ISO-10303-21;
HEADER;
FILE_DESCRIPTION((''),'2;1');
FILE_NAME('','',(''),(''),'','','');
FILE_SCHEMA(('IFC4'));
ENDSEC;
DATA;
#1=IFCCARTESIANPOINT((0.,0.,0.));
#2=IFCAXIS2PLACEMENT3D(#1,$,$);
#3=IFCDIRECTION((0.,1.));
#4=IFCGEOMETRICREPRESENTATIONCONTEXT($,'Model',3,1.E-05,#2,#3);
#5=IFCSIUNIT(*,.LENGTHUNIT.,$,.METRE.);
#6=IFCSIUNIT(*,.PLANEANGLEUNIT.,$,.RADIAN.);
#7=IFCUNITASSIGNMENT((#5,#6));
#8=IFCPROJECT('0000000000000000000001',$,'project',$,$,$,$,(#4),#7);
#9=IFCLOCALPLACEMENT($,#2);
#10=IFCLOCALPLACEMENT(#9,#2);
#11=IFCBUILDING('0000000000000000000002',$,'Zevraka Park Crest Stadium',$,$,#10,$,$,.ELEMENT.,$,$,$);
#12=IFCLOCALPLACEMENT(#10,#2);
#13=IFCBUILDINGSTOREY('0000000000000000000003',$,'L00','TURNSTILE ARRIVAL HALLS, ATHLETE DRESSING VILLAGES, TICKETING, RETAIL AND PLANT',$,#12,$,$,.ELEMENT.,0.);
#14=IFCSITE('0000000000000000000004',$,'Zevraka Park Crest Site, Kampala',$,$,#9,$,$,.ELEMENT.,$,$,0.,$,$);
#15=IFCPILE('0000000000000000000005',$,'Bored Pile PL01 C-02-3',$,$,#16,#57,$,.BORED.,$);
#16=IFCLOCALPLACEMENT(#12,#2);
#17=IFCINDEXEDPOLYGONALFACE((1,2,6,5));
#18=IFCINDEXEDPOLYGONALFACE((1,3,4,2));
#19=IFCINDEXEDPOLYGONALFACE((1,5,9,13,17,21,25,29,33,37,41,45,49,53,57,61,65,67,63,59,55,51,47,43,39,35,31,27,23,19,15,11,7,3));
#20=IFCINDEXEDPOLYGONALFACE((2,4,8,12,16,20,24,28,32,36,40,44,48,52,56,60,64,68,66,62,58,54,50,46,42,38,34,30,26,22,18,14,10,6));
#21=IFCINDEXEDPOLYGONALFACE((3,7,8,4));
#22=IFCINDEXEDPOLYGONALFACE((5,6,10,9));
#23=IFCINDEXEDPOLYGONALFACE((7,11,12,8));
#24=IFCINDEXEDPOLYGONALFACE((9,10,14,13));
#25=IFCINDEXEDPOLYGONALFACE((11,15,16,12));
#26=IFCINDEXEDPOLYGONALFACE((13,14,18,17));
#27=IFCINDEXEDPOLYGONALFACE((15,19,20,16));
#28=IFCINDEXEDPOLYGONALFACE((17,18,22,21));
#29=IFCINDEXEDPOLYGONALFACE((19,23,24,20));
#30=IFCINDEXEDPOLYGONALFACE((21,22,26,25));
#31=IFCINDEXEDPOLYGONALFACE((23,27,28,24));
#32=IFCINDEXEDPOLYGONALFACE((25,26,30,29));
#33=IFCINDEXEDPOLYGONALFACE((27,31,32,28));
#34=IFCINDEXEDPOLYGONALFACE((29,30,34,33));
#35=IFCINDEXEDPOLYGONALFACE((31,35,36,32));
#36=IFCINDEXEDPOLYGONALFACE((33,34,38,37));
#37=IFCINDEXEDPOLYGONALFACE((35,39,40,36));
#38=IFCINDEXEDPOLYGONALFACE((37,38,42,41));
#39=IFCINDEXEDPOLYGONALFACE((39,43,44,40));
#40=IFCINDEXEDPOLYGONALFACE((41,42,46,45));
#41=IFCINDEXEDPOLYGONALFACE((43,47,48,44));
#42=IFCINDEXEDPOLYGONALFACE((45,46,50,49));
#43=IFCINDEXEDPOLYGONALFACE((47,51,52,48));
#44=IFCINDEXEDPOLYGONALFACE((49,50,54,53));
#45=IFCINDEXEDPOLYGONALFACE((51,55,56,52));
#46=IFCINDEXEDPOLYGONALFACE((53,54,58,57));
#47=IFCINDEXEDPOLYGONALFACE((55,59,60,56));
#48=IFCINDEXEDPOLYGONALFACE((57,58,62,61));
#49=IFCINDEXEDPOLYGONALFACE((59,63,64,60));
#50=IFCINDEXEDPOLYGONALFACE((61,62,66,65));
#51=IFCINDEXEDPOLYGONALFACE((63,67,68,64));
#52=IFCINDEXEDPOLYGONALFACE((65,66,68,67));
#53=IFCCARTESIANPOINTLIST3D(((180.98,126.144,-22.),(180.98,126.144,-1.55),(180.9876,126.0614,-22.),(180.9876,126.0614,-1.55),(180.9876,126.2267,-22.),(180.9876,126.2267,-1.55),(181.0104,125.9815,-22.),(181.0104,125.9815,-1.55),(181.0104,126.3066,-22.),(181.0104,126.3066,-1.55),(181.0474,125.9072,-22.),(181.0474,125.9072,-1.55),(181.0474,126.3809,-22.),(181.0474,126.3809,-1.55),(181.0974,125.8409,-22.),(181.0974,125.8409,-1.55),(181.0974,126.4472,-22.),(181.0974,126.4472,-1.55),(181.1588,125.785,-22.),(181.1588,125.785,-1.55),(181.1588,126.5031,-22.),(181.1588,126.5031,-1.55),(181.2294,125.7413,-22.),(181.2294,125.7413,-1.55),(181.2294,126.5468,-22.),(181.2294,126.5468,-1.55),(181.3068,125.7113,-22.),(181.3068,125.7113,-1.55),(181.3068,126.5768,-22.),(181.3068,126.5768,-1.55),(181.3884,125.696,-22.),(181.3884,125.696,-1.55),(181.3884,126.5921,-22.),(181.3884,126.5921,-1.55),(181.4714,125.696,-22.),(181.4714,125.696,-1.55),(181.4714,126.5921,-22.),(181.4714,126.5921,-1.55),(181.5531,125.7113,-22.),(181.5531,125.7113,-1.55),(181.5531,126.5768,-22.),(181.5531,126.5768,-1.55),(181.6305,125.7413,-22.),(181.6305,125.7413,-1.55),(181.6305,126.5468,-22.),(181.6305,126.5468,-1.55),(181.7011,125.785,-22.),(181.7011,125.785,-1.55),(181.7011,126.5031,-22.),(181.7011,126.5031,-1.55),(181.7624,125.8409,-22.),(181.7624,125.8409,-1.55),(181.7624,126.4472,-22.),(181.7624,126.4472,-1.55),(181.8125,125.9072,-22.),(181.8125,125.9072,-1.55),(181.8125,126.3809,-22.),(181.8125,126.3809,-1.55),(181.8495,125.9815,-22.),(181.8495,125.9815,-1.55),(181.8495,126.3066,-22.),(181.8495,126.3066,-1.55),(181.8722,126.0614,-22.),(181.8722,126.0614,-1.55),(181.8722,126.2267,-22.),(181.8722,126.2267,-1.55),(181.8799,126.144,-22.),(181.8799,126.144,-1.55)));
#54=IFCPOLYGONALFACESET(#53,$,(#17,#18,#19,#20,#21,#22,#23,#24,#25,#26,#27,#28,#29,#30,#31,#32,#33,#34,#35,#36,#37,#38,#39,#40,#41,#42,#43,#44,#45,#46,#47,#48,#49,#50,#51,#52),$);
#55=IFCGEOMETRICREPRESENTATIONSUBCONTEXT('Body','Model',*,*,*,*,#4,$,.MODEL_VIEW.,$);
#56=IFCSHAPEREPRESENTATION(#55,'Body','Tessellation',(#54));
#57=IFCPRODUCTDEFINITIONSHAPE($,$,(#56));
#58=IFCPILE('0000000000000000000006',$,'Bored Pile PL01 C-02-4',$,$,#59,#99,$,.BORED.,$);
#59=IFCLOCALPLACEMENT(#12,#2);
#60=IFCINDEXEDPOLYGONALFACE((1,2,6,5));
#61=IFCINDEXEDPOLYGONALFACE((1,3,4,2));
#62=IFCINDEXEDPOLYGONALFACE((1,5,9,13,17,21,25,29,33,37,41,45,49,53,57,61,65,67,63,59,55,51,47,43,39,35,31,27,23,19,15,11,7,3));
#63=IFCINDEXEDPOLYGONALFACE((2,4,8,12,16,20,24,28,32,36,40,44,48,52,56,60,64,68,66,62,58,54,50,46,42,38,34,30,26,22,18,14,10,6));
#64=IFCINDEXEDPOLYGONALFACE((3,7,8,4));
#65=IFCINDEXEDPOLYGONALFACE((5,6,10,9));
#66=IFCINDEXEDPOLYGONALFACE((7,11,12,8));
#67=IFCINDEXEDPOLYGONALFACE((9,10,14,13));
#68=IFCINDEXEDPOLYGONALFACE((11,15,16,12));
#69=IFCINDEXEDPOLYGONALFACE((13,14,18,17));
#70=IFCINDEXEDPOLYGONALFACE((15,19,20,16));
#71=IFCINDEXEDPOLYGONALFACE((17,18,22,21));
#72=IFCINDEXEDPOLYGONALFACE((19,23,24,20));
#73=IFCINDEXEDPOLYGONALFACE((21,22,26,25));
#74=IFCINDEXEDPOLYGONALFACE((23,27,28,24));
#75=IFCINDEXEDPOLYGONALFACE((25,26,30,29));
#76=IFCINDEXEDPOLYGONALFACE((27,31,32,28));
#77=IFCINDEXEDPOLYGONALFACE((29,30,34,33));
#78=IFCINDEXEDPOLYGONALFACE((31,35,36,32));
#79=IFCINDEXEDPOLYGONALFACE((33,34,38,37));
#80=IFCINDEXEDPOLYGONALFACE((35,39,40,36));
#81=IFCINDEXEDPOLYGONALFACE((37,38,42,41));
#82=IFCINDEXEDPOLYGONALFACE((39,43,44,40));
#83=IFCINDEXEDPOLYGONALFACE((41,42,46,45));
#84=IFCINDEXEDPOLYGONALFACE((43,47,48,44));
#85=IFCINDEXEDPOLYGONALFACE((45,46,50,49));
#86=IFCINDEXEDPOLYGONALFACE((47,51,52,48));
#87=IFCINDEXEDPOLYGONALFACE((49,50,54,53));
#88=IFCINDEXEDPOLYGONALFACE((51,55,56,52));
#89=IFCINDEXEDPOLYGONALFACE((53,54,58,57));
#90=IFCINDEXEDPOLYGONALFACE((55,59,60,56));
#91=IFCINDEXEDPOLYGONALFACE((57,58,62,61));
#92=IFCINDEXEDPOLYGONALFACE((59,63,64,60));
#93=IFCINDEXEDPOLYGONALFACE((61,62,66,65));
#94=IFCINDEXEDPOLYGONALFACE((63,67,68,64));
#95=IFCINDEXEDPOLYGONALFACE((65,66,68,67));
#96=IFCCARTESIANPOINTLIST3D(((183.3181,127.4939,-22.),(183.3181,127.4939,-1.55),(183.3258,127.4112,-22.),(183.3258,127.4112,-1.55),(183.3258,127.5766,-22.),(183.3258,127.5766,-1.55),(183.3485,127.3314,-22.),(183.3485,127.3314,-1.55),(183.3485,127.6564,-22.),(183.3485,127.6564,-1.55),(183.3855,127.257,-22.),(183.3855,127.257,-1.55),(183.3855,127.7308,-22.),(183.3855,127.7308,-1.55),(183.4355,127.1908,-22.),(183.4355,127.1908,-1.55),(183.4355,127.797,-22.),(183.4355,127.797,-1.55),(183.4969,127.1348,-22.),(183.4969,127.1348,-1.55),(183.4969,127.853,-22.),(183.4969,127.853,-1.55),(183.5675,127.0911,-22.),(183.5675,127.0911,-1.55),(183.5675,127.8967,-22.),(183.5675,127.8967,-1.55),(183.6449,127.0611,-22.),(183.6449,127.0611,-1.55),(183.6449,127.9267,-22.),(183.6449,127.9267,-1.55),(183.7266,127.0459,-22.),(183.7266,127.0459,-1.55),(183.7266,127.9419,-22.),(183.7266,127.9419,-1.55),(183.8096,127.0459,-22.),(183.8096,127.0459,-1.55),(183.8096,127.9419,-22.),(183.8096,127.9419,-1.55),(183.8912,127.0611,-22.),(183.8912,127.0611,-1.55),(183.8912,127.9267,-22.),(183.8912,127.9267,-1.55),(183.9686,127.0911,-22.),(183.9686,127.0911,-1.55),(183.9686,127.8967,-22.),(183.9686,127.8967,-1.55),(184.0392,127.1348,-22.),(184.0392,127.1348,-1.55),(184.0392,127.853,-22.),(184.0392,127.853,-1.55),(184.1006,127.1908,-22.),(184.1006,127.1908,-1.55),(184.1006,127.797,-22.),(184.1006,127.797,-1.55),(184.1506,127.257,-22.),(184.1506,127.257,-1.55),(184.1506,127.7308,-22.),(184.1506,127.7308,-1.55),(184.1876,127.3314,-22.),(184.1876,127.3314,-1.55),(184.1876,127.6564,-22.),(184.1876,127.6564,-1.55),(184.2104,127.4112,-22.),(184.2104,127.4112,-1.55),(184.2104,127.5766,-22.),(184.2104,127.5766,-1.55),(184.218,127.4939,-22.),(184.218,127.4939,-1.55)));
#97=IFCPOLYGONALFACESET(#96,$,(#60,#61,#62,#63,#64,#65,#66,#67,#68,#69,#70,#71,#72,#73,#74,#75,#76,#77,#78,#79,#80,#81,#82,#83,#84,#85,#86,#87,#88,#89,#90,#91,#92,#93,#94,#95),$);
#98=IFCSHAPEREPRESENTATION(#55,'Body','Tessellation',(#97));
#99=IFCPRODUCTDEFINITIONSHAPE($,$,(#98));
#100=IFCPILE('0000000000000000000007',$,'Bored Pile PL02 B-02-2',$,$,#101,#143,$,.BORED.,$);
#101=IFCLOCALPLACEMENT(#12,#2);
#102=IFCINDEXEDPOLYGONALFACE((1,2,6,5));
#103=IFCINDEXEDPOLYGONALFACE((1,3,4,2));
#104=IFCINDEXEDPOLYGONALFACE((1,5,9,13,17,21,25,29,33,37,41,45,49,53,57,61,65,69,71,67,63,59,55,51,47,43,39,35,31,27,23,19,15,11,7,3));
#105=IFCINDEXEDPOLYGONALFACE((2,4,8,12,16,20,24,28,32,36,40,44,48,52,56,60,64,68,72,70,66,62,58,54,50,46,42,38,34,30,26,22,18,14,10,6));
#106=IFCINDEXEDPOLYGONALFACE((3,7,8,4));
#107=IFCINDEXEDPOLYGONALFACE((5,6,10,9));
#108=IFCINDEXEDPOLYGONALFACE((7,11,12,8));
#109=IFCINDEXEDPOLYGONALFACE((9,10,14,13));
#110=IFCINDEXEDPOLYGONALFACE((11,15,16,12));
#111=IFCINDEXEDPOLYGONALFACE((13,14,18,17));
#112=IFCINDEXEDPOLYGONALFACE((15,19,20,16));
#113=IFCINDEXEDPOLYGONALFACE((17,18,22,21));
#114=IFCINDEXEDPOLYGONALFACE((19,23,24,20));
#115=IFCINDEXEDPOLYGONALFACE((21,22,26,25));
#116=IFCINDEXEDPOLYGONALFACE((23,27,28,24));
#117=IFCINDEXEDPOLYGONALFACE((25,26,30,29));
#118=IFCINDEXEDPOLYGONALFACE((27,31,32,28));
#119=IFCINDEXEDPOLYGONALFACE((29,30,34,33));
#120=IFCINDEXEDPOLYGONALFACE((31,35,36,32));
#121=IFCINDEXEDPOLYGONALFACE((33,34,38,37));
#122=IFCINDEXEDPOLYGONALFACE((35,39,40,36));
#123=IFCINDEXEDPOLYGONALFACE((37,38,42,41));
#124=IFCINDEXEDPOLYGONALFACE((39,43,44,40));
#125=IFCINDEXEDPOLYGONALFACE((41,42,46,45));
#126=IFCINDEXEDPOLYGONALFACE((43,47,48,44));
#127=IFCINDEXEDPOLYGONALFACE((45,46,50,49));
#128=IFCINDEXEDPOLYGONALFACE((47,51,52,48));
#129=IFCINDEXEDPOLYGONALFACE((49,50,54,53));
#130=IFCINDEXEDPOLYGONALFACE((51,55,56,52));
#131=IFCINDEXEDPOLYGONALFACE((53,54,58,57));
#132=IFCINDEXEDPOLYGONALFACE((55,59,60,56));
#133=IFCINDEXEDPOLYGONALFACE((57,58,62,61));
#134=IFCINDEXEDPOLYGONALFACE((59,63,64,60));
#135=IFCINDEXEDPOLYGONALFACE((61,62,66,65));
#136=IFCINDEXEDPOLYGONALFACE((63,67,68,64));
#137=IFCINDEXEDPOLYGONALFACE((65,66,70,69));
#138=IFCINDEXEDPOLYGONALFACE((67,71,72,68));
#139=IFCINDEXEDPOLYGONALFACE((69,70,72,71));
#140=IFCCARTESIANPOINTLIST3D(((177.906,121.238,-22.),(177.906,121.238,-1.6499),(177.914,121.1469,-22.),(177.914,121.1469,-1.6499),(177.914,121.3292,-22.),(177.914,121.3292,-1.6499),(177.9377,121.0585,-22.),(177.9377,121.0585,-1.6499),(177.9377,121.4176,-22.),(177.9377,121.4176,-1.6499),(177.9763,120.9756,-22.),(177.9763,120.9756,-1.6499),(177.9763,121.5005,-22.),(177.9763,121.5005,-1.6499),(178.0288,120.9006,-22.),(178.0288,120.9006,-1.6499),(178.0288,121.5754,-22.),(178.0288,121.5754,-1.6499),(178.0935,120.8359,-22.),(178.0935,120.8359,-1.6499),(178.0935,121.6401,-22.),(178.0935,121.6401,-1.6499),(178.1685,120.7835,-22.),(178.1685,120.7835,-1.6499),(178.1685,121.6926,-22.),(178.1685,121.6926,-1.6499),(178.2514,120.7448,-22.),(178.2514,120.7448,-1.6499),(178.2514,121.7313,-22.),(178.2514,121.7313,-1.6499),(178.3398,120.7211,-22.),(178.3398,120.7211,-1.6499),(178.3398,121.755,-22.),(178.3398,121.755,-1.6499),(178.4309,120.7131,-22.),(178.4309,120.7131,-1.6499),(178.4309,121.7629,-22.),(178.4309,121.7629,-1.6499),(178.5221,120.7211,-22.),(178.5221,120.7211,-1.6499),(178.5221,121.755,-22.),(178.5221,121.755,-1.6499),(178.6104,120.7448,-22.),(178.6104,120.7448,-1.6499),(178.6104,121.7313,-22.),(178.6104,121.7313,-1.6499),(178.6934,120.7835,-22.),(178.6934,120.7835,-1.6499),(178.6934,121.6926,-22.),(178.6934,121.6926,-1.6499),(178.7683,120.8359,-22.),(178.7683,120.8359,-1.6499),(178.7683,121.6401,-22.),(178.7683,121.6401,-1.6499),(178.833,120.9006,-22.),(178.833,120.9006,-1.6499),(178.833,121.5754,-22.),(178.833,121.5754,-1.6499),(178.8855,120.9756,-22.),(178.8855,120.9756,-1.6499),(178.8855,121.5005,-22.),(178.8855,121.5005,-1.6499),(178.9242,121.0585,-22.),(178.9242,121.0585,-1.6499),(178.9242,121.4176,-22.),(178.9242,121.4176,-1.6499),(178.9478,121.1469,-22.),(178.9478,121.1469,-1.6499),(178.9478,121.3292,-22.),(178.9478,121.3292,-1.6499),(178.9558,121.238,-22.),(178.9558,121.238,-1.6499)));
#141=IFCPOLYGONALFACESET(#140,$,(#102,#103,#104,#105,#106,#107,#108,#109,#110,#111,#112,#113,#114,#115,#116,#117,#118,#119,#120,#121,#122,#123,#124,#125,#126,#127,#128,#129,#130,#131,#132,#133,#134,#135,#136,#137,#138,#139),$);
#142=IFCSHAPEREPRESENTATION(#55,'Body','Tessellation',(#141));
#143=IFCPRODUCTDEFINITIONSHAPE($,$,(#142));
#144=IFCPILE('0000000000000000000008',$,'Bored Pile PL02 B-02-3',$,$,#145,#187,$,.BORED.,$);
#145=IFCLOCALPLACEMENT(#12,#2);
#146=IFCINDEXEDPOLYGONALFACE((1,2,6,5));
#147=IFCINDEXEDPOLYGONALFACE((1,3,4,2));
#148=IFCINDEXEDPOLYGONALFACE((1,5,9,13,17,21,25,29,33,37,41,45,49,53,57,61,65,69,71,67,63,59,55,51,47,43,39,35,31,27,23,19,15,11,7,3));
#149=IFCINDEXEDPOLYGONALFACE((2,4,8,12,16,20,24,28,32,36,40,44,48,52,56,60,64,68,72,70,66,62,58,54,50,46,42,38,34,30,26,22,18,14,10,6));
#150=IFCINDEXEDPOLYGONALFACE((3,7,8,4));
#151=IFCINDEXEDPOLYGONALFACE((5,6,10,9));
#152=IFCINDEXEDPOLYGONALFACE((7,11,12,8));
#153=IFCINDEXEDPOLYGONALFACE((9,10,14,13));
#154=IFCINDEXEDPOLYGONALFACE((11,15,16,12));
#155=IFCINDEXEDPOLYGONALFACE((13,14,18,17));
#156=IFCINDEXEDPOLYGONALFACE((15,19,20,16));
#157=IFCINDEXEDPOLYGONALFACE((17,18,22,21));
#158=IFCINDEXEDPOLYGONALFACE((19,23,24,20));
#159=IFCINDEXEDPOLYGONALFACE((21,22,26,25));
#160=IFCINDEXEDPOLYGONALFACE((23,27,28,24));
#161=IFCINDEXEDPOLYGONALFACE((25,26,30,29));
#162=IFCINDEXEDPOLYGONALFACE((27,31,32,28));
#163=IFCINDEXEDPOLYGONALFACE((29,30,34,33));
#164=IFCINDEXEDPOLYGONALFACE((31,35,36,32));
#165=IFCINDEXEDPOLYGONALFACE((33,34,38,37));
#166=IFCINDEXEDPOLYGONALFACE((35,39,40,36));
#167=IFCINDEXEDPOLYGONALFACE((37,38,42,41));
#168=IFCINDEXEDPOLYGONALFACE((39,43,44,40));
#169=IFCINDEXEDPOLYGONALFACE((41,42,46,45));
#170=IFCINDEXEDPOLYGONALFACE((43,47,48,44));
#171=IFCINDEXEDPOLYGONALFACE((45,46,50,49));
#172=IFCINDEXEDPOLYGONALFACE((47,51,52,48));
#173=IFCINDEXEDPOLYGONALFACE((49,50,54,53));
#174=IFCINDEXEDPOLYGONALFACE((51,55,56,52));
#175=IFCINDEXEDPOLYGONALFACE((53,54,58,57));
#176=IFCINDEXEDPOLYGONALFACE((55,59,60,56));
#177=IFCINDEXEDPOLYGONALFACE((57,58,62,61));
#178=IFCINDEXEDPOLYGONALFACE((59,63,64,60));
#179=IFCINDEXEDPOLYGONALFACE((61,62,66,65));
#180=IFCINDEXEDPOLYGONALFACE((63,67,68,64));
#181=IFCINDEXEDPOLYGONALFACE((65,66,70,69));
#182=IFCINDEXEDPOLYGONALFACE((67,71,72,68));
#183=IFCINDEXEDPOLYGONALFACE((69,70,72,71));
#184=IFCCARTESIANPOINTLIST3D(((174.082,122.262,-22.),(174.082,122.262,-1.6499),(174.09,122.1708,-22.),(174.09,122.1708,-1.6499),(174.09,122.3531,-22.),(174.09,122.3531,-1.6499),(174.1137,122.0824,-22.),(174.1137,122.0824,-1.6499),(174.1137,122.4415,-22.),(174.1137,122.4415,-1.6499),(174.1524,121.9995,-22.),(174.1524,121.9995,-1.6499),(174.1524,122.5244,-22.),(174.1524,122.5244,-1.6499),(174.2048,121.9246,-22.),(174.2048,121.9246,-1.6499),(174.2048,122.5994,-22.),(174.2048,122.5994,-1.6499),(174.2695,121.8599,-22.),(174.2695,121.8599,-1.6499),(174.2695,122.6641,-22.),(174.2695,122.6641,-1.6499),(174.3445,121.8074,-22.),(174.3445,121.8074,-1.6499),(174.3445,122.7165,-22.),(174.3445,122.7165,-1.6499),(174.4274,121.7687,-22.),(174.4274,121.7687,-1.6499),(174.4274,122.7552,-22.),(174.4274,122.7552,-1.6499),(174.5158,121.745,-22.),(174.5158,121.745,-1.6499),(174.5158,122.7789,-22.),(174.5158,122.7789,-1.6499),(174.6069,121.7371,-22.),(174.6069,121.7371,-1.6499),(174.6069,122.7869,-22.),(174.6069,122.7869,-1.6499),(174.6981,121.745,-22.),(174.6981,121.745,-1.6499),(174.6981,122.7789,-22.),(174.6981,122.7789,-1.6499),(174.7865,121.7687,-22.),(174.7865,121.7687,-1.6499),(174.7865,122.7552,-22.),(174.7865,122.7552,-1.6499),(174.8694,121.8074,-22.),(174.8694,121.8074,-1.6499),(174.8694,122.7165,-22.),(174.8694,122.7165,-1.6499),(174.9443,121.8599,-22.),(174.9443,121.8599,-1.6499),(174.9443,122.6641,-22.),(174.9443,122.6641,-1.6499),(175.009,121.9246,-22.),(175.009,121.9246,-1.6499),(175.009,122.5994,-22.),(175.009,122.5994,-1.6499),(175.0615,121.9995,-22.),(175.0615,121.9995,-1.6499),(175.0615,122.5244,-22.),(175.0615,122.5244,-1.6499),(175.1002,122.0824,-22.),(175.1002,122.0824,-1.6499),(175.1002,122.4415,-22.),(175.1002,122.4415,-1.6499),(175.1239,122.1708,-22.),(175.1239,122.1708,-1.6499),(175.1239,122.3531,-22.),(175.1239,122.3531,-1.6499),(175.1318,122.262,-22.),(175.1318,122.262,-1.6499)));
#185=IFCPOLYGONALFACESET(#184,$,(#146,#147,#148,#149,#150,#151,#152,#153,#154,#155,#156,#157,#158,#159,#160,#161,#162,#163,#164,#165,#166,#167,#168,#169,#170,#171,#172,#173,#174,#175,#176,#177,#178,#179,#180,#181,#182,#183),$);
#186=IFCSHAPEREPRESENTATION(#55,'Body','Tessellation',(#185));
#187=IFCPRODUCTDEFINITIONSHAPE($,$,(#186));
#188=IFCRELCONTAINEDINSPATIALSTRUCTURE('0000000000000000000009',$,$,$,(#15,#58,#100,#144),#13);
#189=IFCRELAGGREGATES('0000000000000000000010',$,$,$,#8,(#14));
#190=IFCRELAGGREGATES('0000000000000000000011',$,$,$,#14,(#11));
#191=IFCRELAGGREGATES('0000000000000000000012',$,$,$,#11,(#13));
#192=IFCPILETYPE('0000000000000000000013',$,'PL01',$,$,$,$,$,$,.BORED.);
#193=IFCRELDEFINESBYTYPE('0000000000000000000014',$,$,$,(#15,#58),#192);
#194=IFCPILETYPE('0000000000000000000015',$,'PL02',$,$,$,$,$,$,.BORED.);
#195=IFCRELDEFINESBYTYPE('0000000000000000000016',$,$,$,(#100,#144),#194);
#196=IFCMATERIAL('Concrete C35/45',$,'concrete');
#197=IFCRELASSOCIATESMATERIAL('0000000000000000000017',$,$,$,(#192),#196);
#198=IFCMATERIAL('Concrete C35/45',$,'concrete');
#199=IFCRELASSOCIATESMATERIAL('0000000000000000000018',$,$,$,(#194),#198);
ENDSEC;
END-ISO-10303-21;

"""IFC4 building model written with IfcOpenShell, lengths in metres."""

from ifc_helpers import new_model, si_unit, direction, frame, origin, origin_2d, place, context, subcontext, project, spatial, circle, extrude, material, material_profile, profile_set, type_object, element, save


model = new_model("IFC4")

# Units and contexts
model_context = context("Model", 3, precision=1e-05, world=origin(), true_north=direction((0.0, 1.0)))
body_context = subcontext(model_context, "Body", "Model", "MODEL_VIEW")
ifc_project = project(units=[si_unit("LENGTHUNIT", "METRE"), si_unit("PLANEANGLEUNIT", "RADIAN")], contexts=[model_context])

# Site, building, storey
site_placement = place(None, origin())
site = spatial("IfcSite", under=ifc_project, at=site_placement, Name="Zevraka Park Crest Site, Kampala", CompositionType="ELEMENT", RefElevation=0.0)
building_placement = place(site_placement, origin())
building = spatial("IfcBuilding", under=site, at=building_placement, Name="Zevraka Park Crest Stadium", CompositionType="ELEMENT")
storey_placement = place(building_placement, origin())
storey = spatial("IfcBuildingStorey", under=building, at=storey_placement, Name="L00", Description="TURNSTILE ARRIVAL HALLS, ATHLETE DRESSING VILLAGES, TICKETING, RETAIL AND PLANT", CompositionType="ELEMENT", Elevation=0.0)

# Piles
ifc_material_1 = material(Name="Concrete C35/45", Category="concrete")
ifc_material_profile_1 = material_profile(ifc_material_1, circle(Radius=0.45, at=origin_2d()), Name="PILE D900")
ifc_profile_set_1 = profile_set([ifc_material_profile_1], Name="Concrete C35/45")
pile_type_1 = type_object("IfcPileType", Name="PL01", PredefinedType="BORED", material=ifc_profile_set_1)
for number, where, z_axis, x_axis, name in (
    (1, (181.4299, 126.144, -1.55), (0.0, 0.0, -1.0), (1.0, 0.0, 0.0), "Bored Pile PL01 C-02-3"),
    (2, (183.7681, 127.4939, -1.55), (0.0, 0.0, -1.0), (1.0, 0.0, 0.0), "Bored Pile PL01 C-02-4"),
):
    element("IfcPile", number, at=place(storey_placement, frame(where, z_axis=z_axis, x_axis=x_axis)), inside=storey, type_object=pile_type_1, Name=name, PredefinedType="BORED", context=body_context, shape_type="SweptSolid", body=[
        extrude(circle(Radius=0.45, at=origin_2d()), origin(), (0.0, 0.0, 1.0), 20.45),
    ])
ifc_material_2 = material(Name="Concrete C35/45", Category="concrete")
ifc_material_profile_2 = material_profile(ifc_material_2, circle(Radius=0.5249, at=origin_2d()), Name="PILE D1050")
ifc_profile_set_2 = profile_set([ifc_material_profile_2], Name="Concrete C35/45")
pile_type_2 = type_object("IfcPileType", Name="PL02", PredefinedType="BORED", material=ifc_profile_set_2)
for number, where, z_axis, x_axis, name in (
    (3, (178.4309, 121.238, -1.6499), (0.0, 0.0, -1.0), (1.0, 0.0, 0.0), "Bored Pile PL02 B-02-2"),
    (4, (174.6069, 122.262, -1.6499), (0.0, 0.0, -1.0), (1.0, 0.0, 0.0), "Bored Pile PL02 B-02-3"),
):
    element("IfcPile", number, at=place(storey_placement, frame(where, z_axis=z_axis, x_axis=x_axis)), inside=storey, type_object=pile_type_2, Name=name, PredefinedType="BORED", context=body_context, shape_type="SweptSolid", body=[
        extrude(circle(Radius=0.5249, at=origin_2d()), origin(), (0.0, 0.0, 1.0), 20.3501),
    ])

save(model, "model.ifc")
